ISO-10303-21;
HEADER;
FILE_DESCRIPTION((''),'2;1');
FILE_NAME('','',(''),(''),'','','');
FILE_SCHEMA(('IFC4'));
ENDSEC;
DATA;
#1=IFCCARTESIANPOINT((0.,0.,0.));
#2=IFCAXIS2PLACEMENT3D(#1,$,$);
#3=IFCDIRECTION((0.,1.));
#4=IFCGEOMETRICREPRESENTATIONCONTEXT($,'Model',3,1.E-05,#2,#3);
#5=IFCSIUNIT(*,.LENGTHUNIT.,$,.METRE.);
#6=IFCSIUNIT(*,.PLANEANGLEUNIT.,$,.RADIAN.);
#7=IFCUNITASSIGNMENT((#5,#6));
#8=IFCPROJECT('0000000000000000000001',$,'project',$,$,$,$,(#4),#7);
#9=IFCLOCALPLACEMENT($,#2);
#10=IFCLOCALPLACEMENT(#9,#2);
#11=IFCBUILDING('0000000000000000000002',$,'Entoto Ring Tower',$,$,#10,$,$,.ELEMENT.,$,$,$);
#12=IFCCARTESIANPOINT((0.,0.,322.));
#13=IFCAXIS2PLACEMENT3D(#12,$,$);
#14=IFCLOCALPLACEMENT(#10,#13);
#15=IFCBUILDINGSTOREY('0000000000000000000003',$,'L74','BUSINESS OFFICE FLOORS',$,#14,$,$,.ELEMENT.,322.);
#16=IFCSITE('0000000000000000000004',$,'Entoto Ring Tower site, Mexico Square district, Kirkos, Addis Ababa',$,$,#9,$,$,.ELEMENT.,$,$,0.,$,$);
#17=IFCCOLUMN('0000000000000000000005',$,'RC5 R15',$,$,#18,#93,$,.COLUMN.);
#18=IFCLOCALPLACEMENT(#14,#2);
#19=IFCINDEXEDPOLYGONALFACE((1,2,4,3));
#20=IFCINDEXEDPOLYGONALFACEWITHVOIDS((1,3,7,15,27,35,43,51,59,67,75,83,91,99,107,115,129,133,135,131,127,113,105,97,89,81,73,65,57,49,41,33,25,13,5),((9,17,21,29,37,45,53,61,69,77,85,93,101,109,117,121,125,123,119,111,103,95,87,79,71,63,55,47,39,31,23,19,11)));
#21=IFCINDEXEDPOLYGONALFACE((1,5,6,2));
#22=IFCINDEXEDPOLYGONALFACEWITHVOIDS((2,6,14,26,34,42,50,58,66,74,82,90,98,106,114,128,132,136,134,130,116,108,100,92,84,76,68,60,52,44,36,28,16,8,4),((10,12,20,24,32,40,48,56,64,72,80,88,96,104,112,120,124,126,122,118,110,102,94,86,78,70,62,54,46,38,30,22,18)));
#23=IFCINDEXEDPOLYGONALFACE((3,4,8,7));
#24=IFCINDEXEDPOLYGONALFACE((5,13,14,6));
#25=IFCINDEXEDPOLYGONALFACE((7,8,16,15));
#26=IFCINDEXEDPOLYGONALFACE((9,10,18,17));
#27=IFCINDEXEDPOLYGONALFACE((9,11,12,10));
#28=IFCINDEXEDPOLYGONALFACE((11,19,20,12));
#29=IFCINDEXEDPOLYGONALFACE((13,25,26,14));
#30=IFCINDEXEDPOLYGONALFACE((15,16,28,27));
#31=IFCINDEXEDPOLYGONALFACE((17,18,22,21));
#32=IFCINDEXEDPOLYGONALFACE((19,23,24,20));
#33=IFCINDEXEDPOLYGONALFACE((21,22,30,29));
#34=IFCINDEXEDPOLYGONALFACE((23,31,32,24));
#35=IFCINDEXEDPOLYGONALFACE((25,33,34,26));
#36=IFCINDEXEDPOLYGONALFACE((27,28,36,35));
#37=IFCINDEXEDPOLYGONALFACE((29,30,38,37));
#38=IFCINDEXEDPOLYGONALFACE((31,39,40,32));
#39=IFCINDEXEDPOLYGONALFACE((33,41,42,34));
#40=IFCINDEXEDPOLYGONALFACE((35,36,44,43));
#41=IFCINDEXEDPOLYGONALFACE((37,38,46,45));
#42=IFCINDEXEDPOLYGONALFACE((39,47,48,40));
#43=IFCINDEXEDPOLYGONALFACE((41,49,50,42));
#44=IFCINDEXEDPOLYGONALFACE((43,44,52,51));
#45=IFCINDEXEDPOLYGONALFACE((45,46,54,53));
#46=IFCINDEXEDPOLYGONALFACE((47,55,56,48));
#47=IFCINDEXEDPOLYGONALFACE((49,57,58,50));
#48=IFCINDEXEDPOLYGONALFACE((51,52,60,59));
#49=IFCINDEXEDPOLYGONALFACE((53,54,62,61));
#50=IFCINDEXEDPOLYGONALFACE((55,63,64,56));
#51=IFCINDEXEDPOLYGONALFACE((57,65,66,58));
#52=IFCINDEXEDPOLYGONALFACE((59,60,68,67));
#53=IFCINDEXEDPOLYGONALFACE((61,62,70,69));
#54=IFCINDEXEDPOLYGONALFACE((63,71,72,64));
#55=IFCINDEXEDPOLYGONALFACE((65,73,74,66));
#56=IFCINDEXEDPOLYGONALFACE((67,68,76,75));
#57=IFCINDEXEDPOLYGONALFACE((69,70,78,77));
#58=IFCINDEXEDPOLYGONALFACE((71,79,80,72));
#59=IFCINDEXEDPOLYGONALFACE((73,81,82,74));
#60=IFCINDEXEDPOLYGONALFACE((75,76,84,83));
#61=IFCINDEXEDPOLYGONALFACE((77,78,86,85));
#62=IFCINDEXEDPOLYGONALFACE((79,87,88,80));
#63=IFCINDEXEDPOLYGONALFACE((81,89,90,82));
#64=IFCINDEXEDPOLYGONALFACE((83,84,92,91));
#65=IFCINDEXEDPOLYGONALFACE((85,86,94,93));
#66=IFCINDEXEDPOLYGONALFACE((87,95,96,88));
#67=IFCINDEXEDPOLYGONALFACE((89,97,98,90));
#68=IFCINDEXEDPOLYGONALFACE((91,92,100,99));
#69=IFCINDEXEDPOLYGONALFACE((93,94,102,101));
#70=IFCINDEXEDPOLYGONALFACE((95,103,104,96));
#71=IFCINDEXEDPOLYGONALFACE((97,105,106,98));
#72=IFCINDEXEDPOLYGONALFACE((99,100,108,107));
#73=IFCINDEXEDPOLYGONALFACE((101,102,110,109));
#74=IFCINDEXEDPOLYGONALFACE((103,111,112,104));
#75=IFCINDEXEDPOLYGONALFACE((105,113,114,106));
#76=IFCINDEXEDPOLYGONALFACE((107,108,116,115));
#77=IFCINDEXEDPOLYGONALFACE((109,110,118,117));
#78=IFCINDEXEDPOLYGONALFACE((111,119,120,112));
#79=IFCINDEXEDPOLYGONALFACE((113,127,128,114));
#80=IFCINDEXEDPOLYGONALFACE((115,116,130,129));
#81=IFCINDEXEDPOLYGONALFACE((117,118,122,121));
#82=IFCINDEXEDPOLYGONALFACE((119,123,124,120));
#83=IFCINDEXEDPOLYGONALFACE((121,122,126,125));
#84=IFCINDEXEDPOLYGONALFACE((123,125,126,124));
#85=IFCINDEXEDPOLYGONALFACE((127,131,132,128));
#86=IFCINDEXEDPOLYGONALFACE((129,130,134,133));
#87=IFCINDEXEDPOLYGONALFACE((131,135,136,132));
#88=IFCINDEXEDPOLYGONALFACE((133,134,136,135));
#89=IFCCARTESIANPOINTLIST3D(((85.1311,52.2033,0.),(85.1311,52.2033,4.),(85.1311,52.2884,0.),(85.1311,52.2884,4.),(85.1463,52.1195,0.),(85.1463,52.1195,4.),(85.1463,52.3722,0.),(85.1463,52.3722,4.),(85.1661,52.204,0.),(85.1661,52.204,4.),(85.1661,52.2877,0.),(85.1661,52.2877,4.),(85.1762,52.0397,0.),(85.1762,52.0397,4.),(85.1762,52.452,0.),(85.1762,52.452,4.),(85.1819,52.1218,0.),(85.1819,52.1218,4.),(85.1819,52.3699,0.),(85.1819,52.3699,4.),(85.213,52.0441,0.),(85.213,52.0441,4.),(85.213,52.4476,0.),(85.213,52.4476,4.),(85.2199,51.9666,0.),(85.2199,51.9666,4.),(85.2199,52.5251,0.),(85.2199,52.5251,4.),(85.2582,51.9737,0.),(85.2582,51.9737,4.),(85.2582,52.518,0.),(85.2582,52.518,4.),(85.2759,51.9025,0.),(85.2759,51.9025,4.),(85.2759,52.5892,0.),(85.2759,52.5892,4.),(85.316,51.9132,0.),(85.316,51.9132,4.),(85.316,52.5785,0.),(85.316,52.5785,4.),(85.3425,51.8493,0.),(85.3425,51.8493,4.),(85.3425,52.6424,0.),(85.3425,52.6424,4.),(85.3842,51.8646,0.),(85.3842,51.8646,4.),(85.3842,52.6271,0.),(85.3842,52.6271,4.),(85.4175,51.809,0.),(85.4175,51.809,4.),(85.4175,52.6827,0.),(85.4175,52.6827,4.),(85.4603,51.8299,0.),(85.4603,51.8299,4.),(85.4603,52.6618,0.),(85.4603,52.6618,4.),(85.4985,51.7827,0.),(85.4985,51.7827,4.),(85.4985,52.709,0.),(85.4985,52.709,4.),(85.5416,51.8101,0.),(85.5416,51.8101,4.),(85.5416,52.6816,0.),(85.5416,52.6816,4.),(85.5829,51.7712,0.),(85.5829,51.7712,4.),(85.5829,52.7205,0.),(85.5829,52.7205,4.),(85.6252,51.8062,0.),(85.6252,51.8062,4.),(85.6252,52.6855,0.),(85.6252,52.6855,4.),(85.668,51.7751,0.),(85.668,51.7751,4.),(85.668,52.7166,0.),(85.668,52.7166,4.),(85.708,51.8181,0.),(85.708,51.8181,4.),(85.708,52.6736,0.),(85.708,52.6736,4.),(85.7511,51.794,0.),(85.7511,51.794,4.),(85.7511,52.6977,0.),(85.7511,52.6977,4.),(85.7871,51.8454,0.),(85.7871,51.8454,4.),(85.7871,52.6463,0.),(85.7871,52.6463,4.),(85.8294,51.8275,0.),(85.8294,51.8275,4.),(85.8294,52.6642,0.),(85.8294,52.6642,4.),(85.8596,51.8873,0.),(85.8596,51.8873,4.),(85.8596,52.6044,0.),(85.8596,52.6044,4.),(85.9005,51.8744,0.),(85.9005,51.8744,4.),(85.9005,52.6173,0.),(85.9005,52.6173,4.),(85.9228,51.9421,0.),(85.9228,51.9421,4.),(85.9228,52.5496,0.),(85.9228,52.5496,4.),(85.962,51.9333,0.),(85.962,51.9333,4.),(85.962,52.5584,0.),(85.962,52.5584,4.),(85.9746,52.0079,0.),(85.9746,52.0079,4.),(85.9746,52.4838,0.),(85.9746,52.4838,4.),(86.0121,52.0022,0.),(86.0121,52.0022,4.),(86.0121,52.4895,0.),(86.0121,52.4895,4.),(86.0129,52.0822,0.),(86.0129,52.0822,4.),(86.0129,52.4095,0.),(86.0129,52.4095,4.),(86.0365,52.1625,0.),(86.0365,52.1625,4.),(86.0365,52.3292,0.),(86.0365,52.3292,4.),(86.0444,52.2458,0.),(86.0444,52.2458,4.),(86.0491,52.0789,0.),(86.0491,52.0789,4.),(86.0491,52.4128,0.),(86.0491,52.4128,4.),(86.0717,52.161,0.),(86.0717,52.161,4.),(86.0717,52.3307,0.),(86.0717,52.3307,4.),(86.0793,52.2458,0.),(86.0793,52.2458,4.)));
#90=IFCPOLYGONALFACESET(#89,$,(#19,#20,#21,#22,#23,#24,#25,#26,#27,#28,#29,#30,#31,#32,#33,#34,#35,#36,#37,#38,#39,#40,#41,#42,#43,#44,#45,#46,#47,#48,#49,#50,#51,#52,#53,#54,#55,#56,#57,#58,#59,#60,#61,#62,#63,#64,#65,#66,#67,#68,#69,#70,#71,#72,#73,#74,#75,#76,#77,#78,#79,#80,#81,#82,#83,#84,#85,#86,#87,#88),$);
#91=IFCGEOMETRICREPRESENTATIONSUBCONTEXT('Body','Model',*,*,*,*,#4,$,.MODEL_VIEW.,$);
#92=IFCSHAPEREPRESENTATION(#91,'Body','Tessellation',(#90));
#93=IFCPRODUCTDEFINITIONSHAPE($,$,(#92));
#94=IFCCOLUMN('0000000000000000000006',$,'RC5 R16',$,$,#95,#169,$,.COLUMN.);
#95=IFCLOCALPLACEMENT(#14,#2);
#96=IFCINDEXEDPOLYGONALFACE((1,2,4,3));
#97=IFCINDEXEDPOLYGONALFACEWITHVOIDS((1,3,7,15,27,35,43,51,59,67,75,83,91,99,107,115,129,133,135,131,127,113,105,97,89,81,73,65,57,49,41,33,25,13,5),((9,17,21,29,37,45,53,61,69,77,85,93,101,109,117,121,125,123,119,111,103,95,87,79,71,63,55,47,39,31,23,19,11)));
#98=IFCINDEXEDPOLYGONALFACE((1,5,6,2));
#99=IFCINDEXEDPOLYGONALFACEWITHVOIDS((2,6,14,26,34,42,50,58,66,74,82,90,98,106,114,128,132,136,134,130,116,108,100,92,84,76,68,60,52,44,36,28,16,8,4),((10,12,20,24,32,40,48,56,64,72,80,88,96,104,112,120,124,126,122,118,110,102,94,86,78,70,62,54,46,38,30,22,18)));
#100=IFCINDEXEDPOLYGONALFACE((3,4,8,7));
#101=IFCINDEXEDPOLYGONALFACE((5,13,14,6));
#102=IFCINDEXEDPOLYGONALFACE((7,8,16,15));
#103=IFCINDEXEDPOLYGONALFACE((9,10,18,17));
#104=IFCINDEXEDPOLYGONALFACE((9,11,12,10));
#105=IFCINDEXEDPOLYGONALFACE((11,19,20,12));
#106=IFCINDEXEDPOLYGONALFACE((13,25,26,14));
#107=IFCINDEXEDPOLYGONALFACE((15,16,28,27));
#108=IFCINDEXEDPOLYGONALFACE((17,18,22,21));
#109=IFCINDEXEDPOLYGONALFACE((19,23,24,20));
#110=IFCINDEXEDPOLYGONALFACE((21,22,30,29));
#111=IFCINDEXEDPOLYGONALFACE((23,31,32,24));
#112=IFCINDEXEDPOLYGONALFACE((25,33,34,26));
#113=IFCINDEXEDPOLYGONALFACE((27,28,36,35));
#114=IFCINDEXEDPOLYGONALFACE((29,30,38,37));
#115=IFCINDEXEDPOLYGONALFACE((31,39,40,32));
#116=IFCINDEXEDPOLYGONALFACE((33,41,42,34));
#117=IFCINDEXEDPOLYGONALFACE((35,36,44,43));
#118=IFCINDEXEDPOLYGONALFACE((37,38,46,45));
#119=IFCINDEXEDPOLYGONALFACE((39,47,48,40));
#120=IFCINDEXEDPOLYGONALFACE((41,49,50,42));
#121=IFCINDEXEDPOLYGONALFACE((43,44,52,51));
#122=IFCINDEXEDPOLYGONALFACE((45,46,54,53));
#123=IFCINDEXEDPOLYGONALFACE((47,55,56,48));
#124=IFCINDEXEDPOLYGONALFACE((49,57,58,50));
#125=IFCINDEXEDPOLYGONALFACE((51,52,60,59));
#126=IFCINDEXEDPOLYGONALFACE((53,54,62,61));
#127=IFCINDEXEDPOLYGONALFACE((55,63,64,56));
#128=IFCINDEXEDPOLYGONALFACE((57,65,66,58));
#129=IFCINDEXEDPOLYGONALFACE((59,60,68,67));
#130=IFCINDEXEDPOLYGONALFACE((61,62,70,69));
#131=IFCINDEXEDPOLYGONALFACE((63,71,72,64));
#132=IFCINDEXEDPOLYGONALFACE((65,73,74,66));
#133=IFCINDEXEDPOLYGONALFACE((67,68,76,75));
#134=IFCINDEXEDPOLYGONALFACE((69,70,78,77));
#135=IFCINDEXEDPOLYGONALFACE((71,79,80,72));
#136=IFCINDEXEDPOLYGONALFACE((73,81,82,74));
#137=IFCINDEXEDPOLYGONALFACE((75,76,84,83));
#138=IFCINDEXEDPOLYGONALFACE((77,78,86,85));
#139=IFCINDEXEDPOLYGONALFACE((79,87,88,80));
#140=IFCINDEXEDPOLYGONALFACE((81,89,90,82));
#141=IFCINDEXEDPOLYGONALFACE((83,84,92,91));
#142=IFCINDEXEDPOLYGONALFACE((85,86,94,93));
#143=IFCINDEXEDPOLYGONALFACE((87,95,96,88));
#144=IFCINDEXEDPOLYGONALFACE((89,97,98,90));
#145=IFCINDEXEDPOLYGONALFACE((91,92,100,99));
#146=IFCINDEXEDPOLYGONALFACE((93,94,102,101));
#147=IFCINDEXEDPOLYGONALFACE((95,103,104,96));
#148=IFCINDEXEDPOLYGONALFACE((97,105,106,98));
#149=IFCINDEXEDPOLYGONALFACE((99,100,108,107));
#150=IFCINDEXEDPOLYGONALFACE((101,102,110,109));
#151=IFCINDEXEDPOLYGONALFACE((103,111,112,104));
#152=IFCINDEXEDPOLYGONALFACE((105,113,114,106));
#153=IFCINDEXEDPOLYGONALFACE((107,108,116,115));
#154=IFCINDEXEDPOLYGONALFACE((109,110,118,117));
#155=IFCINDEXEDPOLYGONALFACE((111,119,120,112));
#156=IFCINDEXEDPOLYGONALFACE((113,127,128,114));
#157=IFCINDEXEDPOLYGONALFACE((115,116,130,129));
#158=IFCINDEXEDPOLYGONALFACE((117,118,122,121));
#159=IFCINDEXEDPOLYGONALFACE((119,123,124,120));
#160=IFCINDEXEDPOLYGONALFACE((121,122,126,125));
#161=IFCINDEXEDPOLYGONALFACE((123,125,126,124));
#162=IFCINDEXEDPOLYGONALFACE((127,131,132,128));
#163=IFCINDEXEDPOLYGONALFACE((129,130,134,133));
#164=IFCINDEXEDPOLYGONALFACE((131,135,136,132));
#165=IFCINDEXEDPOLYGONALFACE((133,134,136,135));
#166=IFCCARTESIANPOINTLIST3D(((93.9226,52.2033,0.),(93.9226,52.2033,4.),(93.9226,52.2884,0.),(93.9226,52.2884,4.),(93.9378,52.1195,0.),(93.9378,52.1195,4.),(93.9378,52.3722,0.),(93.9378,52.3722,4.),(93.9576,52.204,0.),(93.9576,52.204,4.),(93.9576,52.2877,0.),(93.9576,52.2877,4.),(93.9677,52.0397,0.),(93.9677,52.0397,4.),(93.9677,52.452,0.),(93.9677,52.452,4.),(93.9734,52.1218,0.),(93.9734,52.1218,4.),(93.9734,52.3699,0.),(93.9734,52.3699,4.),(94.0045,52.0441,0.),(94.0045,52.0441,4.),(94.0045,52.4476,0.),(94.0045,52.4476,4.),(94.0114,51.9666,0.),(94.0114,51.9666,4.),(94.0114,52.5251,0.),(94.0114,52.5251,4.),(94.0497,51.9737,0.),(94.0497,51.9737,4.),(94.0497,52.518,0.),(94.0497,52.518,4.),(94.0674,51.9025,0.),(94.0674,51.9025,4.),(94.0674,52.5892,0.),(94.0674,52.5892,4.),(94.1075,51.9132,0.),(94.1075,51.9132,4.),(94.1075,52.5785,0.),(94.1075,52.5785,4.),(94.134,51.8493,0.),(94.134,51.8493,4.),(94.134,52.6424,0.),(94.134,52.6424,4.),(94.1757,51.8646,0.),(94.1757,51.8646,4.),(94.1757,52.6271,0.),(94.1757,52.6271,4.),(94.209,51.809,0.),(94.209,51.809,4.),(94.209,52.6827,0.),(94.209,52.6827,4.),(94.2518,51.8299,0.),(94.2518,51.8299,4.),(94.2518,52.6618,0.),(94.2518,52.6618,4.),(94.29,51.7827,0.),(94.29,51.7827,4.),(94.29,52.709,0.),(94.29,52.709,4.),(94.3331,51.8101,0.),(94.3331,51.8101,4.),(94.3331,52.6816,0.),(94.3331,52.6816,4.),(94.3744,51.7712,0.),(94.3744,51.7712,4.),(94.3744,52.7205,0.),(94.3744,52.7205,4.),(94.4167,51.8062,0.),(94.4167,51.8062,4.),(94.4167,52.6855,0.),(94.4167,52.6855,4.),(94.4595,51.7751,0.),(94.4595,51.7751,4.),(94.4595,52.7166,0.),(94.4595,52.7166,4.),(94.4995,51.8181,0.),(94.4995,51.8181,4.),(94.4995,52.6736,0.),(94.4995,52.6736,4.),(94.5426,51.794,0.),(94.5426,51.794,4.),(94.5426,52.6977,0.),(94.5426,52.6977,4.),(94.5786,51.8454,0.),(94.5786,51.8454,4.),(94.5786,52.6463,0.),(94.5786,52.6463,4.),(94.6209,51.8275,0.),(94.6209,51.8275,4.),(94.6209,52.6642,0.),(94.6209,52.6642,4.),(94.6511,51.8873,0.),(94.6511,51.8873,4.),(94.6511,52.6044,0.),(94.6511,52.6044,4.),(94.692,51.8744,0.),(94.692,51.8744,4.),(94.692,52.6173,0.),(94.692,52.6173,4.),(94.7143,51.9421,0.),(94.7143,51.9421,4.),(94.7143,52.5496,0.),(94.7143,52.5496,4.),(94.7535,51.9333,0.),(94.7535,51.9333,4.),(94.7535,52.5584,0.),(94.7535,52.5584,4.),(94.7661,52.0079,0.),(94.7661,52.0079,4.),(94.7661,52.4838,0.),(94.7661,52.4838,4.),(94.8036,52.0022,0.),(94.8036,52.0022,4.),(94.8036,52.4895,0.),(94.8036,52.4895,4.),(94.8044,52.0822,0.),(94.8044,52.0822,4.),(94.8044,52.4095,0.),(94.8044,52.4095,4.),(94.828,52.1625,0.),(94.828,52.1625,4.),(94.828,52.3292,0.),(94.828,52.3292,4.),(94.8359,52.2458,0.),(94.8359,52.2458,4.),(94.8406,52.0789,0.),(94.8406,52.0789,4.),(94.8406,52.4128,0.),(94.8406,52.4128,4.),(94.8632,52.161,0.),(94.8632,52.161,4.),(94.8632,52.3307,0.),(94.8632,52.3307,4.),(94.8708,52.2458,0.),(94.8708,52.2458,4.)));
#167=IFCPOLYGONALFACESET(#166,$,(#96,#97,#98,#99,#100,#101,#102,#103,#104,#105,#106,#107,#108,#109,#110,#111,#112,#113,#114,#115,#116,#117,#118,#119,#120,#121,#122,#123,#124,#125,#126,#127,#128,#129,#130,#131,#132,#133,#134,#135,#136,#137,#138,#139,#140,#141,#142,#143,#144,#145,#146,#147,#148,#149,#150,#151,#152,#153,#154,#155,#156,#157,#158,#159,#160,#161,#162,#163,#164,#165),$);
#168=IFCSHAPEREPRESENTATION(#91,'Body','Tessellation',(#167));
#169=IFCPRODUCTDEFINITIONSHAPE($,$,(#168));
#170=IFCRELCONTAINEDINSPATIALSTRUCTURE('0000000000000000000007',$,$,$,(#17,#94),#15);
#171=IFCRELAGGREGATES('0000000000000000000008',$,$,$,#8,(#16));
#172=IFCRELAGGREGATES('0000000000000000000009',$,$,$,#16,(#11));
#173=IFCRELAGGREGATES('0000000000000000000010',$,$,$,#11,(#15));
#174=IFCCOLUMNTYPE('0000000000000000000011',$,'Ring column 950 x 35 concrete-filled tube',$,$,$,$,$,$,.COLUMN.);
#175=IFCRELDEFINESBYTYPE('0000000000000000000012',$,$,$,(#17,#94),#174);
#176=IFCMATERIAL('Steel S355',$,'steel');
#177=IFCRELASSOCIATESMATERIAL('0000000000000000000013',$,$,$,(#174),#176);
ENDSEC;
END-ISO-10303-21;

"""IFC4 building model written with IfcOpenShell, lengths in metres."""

from ifc_helpers import new_model, si_unit, direction, frame, origin, origin_2d, place, context, subcontext, project, spatial, circle, hollow_circle, extrude, material, material_profile, profile_set, type_object, element, save


model = new_model("IFC4")

# Units and contexts
model_context = context("Model", 3, precision=1e-05, world=origin(), true_north=direction((0.0, 1.0)))
body_context = subcontext(model_context, "Body", "Model", "MODEL_VIEW")
ifc_project = project(units=[si_unit("LENGTHUNIT", "METRE"), si_unit("PLANEANGLEUNIT", "RADIAN")], contexts=[model_context])

# Site, building, storey
site_placement = place(None, origin())
site = spatial("IfcSite", under=ifc_project, at=site_placement, Name="Entoto Ring Tower site, Mexico Square district, Kirkos, Addis Ababa", CompositionType="ELEMENT", RefElevation=0.0)
building_placement = place(site_placement, origin())
building = spatial("IfcBuilding", under=site, at=building_placement, Name="Entoto Ring Tower", CompositionType="ELEMENT")
storey_placement = place(building_placement, frame((0.0, 0.0, 322.0)))
storey = spatial("IfcBuildingStorey", under=building, at=storey_placement, Name="L74", Description="BUSINESS OFFICE FLOORS", CompositionType="ELEMENT", Elevation=322.0)

# Columns
ifc_material_1 = material(Name="Steel S355", Category="steel")
ifc_material_profile_1 = material_profile(ifc_material_1, hollow_circle(Radius=0.4751, WallThickness=0.0349, at=origin_2d()), Name="CHS 950 x 35")
ifc_material_2 = material(Name="Concrete C60/75", Category="concrete")
ifc_material_profile_2 = material_profile(ifc_material_2, circle(Radius=0.4399, at=origin_2d()), Name="Concrete C60/75 infill")
ifc_profile_set_1 = profile_set([ifc_material_profile_1, ifc_material_profile_2], Name="Steel S355")
column_type = type_object("IfcColumnType", Name="Ring column 950 x 35 concrete-filled tube", PredefinedType="COLUMN", material=ifc_profile_set_1)
for number, where, z_axis, x_axis, name in (
    (1, (85.6042, 52.2458, 0.0), (0.0, 0.0, 1.0), (1.0, 0.0, 0.0), "RC5 R15"),
    (2, (94.3958, 52.2458, 0.0), (0.0, 0.0, 1.0), (1.0, 0.0, 0.0), "RC5 R16"),
):
    element("IfcColumn", number, at=place(storey_placement, frame(where, z_axis=z_axis, x_axis=x_axis)), inside=storey, type_object=column_type, Name=name, PredefinedType="COLUMN", context=body_context, shape_type="SweptSolid", body=[
        extrude(hollow_circle(Radius=0.4751, WallThickness=0.0349, at=origin_2d()), origin(), (0.0, 0.0, 1.0), 4.0),
    ])

save(model, "model.ifc")
